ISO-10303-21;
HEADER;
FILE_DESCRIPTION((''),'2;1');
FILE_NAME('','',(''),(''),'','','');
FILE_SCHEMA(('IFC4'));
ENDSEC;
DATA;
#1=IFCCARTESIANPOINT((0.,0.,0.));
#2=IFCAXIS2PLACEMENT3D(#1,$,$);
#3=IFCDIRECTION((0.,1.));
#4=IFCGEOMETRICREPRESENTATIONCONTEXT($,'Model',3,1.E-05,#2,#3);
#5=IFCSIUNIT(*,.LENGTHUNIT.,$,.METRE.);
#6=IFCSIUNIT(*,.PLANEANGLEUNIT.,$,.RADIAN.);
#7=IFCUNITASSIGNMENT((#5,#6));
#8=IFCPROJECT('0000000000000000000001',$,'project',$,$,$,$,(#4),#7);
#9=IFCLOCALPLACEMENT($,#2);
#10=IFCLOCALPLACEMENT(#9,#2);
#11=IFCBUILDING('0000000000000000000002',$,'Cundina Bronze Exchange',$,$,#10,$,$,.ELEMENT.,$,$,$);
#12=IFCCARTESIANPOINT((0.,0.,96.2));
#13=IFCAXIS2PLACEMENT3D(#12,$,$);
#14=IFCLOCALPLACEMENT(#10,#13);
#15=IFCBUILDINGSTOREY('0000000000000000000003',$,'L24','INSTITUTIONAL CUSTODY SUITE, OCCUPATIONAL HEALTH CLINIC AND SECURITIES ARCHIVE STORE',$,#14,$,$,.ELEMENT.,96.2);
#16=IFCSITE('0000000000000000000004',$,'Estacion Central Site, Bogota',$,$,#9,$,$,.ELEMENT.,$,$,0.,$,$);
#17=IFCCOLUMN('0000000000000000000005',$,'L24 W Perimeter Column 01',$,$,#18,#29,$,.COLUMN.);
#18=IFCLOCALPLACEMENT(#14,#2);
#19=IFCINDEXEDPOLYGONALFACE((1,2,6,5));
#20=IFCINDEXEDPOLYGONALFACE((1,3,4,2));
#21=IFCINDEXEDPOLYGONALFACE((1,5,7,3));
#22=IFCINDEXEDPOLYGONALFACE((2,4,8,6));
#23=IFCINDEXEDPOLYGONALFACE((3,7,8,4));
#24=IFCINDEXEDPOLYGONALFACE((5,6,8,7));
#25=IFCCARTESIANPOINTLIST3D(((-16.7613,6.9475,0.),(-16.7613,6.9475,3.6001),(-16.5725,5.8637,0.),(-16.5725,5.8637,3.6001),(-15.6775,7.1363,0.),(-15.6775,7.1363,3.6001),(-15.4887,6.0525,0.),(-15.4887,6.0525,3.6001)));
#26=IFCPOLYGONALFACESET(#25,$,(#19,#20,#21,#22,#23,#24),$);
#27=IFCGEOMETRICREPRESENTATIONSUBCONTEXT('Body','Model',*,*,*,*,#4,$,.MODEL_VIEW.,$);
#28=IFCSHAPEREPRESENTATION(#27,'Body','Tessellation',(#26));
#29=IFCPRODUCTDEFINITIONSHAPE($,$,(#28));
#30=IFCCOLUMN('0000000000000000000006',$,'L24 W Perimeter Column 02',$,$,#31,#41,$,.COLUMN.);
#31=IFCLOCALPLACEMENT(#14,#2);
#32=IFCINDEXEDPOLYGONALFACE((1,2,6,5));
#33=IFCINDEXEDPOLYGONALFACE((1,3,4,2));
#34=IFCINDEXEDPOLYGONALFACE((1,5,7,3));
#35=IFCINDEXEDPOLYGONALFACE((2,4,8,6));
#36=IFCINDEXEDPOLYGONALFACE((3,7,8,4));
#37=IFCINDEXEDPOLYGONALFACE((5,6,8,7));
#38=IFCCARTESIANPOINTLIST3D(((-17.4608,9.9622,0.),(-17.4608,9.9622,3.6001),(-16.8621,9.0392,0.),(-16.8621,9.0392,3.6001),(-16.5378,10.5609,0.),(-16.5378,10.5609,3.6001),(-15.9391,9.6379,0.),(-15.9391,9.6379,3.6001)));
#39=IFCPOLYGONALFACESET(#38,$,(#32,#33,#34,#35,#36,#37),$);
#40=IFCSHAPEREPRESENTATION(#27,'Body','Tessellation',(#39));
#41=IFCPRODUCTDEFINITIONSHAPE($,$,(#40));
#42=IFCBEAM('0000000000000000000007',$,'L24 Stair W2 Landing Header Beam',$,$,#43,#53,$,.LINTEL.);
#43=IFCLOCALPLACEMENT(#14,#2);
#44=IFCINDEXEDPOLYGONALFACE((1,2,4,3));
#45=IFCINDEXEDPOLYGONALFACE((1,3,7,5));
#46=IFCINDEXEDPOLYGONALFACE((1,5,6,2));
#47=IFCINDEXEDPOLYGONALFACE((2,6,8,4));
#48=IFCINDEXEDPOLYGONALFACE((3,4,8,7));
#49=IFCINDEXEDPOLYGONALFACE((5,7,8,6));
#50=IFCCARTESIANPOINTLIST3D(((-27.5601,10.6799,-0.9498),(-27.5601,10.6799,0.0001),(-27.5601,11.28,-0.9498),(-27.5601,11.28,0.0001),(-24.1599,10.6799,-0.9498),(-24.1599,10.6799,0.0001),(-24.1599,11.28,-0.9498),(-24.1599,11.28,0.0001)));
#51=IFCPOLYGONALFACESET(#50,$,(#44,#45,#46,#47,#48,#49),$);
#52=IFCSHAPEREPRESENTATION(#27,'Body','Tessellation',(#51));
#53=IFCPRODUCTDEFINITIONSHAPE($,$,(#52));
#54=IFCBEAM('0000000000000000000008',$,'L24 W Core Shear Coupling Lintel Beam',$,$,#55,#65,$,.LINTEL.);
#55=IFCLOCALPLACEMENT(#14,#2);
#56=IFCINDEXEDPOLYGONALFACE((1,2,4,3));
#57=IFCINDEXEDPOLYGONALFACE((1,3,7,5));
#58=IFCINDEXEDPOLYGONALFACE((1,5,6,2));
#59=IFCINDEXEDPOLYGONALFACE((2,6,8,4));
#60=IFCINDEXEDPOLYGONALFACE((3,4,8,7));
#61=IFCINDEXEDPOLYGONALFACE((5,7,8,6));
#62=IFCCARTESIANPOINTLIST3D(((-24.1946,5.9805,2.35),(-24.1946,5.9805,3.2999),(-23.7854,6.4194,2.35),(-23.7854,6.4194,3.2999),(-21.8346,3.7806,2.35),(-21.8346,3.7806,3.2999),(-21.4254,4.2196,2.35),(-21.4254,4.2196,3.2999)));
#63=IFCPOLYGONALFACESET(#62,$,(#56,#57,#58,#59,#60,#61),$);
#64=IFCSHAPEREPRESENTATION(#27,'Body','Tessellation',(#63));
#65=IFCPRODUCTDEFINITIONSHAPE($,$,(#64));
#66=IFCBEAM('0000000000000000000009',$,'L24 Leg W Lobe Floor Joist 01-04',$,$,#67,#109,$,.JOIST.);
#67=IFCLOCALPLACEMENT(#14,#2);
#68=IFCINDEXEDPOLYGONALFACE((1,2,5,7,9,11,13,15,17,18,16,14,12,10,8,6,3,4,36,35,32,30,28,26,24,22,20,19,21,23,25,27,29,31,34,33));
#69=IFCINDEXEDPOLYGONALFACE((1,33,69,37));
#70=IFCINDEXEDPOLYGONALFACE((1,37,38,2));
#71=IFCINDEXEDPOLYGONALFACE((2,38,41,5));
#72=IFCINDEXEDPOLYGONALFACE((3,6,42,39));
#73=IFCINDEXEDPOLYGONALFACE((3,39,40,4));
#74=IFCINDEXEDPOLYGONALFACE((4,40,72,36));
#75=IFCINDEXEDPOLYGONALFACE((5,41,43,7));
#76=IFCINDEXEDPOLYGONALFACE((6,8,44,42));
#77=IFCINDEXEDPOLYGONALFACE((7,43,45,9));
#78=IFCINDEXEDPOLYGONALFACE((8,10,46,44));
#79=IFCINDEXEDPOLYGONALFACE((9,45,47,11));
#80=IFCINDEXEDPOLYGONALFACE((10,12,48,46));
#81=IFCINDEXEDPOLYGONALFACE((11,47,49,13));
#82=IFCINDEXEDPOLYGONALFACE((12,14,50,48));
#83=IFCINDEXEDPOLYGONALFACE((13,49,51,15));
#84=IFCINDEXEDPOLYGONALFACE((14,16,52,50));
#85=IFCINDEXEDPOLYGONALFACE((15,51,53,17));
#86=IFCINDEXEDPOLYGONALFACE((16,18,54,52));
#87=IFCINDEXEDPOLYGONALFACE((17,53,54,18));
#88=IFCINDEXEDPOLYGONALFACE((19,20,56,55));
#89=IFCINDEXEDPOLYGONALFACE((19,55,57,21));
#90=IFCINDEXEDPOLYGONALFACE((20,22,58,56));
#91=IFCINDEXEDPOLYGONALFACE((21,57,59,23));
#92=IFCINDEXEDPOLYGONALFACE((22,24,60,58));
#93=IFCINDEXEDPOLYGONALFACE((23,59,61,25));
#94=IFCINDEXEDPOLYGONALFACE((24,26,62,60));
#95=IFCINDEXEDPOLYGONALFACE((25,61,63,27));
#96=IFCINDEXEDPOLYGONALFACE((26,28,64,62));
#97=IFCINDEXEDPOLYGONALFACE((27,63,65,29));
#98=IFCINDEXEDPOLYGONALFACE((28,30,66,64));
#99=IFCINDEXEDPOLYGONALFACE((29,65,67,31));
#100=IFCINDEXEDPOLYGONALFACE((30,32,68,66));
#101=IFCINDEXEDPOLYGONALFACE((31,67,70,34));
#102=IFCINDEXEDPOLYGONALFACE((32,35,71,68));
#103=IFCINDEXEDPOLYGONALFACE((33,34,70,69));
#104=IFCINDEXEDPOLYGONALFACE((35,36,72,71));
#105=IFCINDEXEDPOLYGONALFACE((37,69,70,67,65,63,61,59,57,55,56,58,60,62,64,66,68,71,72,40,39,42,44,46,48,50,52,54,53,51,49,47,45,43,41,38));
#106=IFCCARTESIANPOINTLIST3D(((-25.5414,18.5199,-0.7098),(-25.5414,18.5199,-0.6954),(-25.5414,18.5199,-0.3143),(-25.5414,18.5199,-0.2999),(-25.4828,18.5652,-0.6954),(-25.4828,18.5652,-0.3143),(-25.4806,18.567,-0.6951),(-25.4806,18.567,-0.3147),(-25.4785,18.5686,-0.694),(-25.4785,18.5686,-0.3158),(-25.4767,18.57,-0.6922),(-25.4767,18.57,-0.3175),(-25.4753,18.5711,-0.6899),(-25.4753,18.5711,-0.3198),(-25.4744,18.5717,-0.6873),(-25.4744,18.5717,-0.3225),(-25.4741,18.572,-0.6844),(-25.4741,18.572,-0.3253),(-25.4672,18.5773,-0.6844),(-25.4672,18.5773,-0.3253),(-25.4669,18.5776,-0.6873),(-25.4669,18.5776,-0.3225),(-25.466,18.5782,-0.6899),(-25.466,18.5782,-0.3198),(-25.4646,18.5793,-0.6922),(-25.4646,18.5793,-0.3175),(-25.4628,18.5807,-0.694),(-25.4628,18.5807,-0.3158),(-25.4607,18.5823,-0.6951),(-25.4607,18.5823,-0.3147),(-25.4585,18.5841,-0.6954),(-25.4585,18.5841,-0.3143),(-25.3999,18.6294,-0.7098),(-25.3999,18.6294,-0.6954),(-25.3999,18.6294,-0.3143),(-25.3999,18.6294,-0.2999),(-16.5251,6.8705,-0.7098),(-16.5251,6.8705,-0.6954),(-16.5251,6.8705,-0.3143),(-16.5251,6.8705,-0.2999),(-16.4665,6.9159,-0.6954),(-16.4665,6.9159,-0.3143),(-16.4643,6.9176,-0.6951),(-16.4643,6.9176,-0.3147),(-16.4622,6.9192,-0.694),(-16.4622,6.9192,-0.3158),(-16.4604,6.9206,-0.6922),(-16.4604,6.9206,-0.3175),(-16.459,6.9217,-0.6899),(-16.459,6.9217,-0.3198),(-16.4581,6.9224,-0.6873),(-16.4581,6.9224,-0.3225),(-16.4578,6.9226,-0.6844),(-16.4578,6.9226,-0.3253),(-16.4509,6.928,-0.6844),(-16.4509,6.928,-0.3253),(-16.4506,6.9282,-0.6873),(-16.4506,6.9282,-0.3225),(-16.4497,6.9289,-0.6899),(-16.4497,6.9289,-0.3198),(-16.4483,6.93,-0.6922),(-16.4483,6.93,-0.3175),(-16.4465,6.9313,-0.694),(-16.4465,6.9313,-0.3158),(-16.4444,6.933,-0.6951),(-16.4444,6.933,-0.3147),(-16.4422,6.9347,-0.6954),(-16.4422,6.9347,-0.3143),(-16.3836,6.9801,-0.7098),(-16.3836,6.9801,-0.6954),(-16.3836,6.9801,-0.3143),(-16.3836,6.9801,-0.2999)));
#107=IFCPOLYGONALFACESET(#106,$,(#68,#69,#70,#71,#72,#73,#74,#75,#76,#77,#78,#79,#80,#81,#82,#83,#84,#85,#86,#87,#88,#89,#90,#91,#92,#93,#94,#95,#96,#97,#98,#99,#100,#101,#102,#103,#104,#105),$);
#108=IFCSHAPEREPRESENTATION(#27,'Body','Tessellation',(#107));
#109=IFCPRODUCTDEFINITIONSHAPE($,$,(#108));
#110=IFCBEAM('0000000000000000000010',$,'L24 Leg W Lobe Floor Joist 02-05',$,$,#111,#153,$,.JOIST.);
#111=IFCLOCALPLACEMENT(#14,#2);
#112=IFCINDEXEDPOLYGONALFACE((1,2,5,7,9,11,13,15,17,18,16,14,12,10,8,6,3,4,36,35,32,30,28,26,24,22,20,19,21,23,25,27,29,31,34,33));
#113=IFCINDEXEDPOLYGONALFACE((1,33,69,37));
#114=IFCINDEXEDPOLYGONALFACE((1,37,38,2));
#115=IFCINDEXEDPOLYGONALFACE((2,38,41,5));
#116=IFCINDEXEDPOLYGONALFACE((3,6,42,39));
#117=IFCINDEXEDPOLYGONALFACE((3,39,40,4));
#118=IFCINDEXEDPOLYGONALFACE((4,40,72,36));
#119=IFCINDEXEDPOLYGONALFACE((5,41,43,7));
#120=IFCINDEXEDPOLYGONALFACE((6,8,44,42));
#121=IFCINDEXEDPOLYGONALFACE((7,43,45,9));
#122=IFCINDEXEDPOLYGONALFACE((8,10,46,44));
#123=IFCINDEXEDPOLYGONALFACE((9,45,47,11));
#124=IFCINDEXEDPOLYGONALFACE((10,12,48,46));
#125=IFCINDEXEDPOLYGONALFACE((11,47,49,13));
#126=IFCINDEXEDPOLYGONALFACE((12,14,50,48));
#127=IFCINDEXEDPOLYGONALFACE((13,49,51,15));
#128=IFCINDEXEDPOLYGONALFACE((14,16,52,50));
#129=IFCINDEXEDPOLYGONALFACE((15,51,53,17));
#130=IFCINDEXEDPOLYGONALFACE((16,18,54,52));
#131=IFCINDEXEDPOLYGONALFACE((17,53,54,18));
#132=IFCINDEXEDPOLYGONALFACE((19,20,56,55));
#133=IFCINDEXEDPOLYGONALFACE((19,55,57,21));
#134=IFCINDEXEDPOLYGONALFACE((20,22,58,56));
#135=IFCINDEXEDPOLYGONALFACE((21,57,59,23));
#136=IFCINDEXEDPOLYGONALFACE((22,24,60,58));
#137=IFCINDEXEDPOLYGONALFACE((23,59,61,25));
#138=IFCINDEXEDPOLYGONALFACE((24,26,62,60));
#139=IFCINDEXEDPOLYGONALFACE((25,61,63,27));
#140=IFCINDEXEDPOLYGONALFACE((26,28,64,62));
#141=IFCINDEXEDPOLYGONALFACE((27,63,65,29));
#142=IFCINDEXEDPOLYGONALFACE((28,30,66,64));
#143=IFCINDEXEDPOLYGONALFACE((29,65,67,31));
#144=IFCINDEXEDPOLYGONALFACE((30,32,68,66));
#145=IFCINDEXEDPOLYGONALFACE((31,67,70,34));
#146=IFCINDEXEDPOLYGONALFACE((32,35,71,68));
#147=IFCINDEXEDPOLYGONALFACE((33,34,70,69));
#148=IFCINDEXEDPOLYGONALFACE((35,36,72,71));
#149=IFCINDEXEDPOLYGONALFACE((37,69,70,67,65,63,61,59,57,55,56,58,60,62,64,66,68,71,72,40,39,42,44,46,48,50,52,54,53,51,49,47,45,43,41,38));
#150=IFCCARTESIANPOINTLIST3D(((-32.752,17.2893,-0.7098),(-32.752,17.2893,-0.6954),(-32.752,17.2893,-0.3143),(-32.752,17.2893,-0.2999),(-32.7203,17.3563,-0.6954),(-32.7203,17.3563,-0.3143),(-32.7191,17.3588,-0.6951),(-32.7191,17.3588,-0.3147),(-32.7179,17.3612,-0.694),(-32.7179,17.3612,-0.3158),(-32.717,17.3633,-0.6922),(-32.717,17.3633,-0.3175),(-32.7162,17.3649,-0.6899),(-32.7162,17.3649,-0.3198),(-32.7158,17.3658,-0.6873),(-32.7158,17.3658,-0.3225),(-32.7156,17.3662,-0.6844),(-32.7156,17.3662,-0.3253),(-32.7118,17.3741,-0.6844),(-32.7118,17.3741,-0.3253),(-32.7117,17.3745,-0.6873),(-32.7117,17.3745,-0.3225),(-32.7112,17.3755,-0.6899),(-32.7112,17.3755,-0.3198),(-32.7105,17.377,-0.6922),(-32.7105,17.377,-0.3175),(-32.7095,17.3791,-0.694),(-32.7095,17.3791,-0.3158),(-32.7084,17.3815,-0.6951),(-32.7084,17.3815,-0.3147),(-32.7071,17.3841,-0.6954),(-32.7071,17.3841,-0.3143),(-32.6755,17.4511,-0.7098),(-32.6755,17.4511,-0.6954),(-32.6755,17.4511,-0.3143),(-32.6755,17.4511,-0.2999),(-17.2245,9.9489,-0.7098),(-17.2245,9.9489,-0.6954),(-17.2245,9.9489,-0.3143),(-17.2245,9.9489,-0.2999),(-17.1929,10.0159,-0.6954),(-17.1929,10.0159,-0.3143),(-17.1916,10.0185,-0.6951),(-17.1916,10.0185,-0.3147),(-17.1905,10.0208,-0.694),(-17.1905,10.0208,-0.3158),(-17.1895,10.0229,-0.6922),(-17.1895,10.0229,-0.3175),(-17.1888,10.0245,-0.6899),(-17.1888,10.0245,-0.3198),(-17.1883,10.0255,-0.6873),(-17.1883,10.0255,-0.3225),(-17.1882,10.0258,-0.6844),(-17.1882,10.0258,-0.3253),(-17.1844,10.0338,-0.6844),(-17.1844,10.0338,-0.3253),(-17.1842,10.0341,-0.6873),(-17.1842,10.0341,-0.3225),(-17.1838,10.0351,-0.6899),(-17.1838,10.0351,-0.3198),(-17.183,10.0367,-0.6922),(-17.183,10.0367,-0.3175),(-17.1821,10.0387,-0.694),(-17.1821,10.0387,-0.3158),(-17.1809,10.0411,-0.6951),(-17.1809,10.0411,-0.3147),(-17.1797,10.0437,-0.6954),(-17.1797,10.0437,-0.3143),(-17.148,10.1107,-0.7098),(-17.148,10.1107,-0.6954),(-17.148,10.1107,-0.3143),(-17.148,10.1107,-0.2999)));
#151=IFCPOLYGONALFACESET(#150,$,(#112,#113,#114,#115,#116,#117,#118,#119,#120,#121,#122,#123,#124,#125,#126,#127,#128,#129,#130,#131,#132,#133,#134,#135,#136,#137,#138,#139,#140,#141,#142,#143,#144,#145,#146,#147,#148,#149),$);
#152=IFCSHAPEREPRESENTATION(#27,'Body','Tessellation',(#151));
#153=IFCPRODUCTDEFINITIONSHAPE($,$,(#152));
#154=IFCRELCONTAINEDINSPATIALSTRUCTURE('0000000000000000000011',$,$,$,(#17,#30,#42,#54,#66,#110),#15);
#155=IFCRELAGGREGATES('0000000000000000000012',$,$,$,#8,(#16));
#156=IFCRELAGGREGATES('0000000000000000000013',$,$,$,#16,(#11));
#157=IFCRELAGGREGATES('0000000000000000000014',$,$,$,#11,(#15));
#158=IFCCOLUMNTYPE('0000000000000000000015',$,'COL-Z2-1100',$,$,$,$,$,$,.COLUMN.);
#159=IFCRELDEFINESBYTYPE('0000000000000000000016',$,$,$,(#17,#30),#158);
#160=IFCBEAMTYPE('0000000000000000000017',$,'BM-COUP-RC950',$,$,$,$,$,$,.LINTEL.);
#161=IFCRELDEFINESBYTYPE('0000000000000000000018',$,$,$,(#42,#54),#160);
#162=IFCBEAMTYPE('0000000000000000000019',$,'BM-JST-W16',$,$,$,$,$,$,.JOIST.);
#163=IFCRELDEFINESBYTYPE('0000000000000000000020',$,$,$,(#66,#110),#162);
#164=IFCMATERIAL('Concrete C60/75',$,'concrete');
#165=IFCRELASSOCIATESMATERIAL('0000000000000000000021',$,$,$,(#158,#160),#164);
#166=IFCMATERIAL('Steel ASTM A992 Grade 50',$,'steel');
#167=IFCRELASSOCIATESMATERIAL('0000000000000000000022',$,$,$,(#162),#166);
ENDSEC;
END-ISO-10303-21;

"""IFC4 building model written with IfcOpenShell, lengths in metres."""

from ifc_helpers import new_model, si_unit, direction, frame, origin, origin_2d, place, context, subcontext, project, spatial, rectangle, i_section, extrude, material, material_profile, profile_set, type_object, element, save


model = new_model("IFC4")

# Units and contexts
model_context = context("Model", 3, precision=1e-05, world=origin(), true_north=direction((0.0, 1.0)))
body_context = subcontext(model_context, "Body", "Model", "MODEL_VIEW")
ifc_project = project(units=[si_unit("LENGTHUNIT", "METRE"), si_unit("PLANEANGLEUNIT", "RADIAN")], contexts=[model_context])

# Site, building, storey
site_placement = place(None, origin())
site = spatial("IfcSite", under=ifc_project, at=site_placement, Name="Estacion Central Site, Bogota", CompositionType="ELEMENT", RefElevation=0.0)
building_placement = place(site_placement, origin())
building = spatial("IfcBuilding", under=site, at=building_placement, Name="Cundina Bronze Exchange", CompositionType="ELEMENT")
storey_placement = place(building_placement, frame((0.0, 0.0, 96.2)))
storey = spatial("IfcBuildingStorey", under=building, at=storey_placement, Name="L24", Description="INSTITUTIONAL CUSTODY SUITE, OCCUPATIONAL HEALTH CLINIC AND SECURITIES ARCHIVE STORE", CompositionType="ELEMENT", Elevation=96.2)

# Columns
ifc_material_1 = material(Name="Concrete C60/75", Category="concrete")
ifc_material_profile_1 = material_profile(ifc_material_1, rectangle(XDim=1.1001, YDim=1.1001, at=origin_2d()), Name="RC1100X1100", Category="concrete")
ifc_profile_set_1 = profile_set([ifc_material_profile_1], Name="Concrete C60/75")
column_type = type_object("IfcColumnType", Name="COL-Z2-1100", PredefinedType="COLUMN", material=ifc_profile_set_1)
for number, where, z_axis, x_axis, name in (
    (1, (-16.125, 6.5, 0.0), (0.0, 0.0, 1.0), (-0.171585, 0.985169, 0.0), "L24 W Perimeter Column 01"),
    (2, (-16.7, 9.8, 0.0), (0.0, 0.0, 1.0), (-0.5442, 0.838956, 0.0), "L24 W Perimeter Column 02"),
):
    element("IfcColumn", number, at=place(storey_placement, frame(where, z_axis=z_axis, x_axis=x_axis)), inside=storey, type_object=column_type, Name=name, PredefinedType="COLUMN", context=body_context, shape_type="SweptSolid", body=[
        extrude(rectangle(XDim=1.1001, YDim=1.1001, at=origin_2d()), origin(), (0.0, 0.0, 1.0), 3.6001),
    ])

# Beams
ifc_material_profile_2 = material_profile(ifc_material_1, rectangle(XDim=0.6001, YDim=0.95, at=origin_2d()), Name="RC600X950", Category="concrete")
ifc_profile_set_2 = profile_set([ifc_material_profile_2], Name="Concrete C60/75")
beam_type_1 = type_object("IfcBeamType", Name="BM-COUP-RC950", PredefinedType="LINTEL", material=ifc_profile_set_2)
beam_1_placement = place(storey_placement, frame((-27.5601, 10.98, -0.4749), z_axis=(1.0, 0.0, 0.0), x_axis=(0.0, 1.0, 0.0)))
element("IfcBeam", 3, at=beam_1_placement, inside=storey, type_object=beam_type_1, Name="L24 Stair W2 Landing Header Beam", PredefinedType="LINTEL", context=body_context, shape_type="SweptSolid", body=[
    extrude(rectangle(XDim=0.6001, YDim=0.95, at=origin_2d()), origin(), (0.0, 0.0, 1.0), 3.4001),
])
beam_2_placement = place(storey_placement, frame((-23.99, 6.2, 2.825), z_axis=(0.73149, -0.681852, 0.0), x_axis=(0.681852, 0.73149, 0.0)))
element("IfcBeam", 4, at=beam_2_placement, inside=storey, type_object=beam_type_1, Name="L24 W Core Shear Coupling Lintel Beam", PredefinedType="LINTEL", context=body_context, shape_type="SweptSolid", body=[
    extrude(rectangle(XDim=0.6001, YDim=0.95, at=origin_2d()), origin(), (0.0, 0.0, 1.0), 3.2263),
])
ifc_material_2 = material(Name="Steel ASTM A992 Grade 50", Category="steel")
ifc_material_profile_3 = material_profile(ifc_material_2, i_section(OverallWidth=0.179, OverallDepth=0.4099, WebThickness=0.0088, FlangeThickness=0.0144, FilletRadius=0.011, at=origin_2d()), Name="W16X45", Category="steel")
ifc_profile_set_3 = profile_set([ifc_material_profile_3], Name="Steel ASTM A992 Grade 50")
beam_type_2 = type_object("IfcBeamType", Name="BM-JST-W16", PredefinedType="JOIST", material=ifc_profile_set_3)
beam_3_placement = place(storey_placement, frame((-16.4543, 6.9253, -0.5049), z_axis=(-0.612065, 0.790807, 0.0), x_axis=(-0.790807, -0.612065, 0.0)))
element("IfcBeam", 5, at=beam_3_placement, inside=storey, type_object=beam_type_2, Name="L24 Leg W Lobe Floor Joist 01-04", PredefinedType="JOIST", context=body_context, shape_type="SweptSolid", body=[
    extrude(i_section(OverallWidth=0.179, OverallDepth=0.4099, WebThickness=0.0088, FlangeThickness=0.0144, FilletRadius=0.011, at=origin_2d()), origin(), (0.0, 0.0, 1.0), 14.731),
])
beam_4_placement = place(storey_placement, frame((-17.1863, 10.0298, -0.5049), z_axis=(-0.904069, 0.427386, 0.0), x_axis=(-0.427386, -0.904069, 0.0)))
element("IfcBeam", 6, at=beam_4_placement, inside=storey, type_object=beam_type_2, Name="L24 Leg W Lobe Floor Joist 02-05", PredefinedType="JOIST", context=body_context, shape_type="SweptSolid", body=[
    extrude(i_section(OverallWidth=0.179, OverallDepth=0.4099, WebThickness=0.0088, FlangeThickness=0.0144, FilletRadius=0.011, at=origin_2d()), origin(), (0.0, 0.0, 1.0), 17.175),
])

save(model, "model.ifc")
